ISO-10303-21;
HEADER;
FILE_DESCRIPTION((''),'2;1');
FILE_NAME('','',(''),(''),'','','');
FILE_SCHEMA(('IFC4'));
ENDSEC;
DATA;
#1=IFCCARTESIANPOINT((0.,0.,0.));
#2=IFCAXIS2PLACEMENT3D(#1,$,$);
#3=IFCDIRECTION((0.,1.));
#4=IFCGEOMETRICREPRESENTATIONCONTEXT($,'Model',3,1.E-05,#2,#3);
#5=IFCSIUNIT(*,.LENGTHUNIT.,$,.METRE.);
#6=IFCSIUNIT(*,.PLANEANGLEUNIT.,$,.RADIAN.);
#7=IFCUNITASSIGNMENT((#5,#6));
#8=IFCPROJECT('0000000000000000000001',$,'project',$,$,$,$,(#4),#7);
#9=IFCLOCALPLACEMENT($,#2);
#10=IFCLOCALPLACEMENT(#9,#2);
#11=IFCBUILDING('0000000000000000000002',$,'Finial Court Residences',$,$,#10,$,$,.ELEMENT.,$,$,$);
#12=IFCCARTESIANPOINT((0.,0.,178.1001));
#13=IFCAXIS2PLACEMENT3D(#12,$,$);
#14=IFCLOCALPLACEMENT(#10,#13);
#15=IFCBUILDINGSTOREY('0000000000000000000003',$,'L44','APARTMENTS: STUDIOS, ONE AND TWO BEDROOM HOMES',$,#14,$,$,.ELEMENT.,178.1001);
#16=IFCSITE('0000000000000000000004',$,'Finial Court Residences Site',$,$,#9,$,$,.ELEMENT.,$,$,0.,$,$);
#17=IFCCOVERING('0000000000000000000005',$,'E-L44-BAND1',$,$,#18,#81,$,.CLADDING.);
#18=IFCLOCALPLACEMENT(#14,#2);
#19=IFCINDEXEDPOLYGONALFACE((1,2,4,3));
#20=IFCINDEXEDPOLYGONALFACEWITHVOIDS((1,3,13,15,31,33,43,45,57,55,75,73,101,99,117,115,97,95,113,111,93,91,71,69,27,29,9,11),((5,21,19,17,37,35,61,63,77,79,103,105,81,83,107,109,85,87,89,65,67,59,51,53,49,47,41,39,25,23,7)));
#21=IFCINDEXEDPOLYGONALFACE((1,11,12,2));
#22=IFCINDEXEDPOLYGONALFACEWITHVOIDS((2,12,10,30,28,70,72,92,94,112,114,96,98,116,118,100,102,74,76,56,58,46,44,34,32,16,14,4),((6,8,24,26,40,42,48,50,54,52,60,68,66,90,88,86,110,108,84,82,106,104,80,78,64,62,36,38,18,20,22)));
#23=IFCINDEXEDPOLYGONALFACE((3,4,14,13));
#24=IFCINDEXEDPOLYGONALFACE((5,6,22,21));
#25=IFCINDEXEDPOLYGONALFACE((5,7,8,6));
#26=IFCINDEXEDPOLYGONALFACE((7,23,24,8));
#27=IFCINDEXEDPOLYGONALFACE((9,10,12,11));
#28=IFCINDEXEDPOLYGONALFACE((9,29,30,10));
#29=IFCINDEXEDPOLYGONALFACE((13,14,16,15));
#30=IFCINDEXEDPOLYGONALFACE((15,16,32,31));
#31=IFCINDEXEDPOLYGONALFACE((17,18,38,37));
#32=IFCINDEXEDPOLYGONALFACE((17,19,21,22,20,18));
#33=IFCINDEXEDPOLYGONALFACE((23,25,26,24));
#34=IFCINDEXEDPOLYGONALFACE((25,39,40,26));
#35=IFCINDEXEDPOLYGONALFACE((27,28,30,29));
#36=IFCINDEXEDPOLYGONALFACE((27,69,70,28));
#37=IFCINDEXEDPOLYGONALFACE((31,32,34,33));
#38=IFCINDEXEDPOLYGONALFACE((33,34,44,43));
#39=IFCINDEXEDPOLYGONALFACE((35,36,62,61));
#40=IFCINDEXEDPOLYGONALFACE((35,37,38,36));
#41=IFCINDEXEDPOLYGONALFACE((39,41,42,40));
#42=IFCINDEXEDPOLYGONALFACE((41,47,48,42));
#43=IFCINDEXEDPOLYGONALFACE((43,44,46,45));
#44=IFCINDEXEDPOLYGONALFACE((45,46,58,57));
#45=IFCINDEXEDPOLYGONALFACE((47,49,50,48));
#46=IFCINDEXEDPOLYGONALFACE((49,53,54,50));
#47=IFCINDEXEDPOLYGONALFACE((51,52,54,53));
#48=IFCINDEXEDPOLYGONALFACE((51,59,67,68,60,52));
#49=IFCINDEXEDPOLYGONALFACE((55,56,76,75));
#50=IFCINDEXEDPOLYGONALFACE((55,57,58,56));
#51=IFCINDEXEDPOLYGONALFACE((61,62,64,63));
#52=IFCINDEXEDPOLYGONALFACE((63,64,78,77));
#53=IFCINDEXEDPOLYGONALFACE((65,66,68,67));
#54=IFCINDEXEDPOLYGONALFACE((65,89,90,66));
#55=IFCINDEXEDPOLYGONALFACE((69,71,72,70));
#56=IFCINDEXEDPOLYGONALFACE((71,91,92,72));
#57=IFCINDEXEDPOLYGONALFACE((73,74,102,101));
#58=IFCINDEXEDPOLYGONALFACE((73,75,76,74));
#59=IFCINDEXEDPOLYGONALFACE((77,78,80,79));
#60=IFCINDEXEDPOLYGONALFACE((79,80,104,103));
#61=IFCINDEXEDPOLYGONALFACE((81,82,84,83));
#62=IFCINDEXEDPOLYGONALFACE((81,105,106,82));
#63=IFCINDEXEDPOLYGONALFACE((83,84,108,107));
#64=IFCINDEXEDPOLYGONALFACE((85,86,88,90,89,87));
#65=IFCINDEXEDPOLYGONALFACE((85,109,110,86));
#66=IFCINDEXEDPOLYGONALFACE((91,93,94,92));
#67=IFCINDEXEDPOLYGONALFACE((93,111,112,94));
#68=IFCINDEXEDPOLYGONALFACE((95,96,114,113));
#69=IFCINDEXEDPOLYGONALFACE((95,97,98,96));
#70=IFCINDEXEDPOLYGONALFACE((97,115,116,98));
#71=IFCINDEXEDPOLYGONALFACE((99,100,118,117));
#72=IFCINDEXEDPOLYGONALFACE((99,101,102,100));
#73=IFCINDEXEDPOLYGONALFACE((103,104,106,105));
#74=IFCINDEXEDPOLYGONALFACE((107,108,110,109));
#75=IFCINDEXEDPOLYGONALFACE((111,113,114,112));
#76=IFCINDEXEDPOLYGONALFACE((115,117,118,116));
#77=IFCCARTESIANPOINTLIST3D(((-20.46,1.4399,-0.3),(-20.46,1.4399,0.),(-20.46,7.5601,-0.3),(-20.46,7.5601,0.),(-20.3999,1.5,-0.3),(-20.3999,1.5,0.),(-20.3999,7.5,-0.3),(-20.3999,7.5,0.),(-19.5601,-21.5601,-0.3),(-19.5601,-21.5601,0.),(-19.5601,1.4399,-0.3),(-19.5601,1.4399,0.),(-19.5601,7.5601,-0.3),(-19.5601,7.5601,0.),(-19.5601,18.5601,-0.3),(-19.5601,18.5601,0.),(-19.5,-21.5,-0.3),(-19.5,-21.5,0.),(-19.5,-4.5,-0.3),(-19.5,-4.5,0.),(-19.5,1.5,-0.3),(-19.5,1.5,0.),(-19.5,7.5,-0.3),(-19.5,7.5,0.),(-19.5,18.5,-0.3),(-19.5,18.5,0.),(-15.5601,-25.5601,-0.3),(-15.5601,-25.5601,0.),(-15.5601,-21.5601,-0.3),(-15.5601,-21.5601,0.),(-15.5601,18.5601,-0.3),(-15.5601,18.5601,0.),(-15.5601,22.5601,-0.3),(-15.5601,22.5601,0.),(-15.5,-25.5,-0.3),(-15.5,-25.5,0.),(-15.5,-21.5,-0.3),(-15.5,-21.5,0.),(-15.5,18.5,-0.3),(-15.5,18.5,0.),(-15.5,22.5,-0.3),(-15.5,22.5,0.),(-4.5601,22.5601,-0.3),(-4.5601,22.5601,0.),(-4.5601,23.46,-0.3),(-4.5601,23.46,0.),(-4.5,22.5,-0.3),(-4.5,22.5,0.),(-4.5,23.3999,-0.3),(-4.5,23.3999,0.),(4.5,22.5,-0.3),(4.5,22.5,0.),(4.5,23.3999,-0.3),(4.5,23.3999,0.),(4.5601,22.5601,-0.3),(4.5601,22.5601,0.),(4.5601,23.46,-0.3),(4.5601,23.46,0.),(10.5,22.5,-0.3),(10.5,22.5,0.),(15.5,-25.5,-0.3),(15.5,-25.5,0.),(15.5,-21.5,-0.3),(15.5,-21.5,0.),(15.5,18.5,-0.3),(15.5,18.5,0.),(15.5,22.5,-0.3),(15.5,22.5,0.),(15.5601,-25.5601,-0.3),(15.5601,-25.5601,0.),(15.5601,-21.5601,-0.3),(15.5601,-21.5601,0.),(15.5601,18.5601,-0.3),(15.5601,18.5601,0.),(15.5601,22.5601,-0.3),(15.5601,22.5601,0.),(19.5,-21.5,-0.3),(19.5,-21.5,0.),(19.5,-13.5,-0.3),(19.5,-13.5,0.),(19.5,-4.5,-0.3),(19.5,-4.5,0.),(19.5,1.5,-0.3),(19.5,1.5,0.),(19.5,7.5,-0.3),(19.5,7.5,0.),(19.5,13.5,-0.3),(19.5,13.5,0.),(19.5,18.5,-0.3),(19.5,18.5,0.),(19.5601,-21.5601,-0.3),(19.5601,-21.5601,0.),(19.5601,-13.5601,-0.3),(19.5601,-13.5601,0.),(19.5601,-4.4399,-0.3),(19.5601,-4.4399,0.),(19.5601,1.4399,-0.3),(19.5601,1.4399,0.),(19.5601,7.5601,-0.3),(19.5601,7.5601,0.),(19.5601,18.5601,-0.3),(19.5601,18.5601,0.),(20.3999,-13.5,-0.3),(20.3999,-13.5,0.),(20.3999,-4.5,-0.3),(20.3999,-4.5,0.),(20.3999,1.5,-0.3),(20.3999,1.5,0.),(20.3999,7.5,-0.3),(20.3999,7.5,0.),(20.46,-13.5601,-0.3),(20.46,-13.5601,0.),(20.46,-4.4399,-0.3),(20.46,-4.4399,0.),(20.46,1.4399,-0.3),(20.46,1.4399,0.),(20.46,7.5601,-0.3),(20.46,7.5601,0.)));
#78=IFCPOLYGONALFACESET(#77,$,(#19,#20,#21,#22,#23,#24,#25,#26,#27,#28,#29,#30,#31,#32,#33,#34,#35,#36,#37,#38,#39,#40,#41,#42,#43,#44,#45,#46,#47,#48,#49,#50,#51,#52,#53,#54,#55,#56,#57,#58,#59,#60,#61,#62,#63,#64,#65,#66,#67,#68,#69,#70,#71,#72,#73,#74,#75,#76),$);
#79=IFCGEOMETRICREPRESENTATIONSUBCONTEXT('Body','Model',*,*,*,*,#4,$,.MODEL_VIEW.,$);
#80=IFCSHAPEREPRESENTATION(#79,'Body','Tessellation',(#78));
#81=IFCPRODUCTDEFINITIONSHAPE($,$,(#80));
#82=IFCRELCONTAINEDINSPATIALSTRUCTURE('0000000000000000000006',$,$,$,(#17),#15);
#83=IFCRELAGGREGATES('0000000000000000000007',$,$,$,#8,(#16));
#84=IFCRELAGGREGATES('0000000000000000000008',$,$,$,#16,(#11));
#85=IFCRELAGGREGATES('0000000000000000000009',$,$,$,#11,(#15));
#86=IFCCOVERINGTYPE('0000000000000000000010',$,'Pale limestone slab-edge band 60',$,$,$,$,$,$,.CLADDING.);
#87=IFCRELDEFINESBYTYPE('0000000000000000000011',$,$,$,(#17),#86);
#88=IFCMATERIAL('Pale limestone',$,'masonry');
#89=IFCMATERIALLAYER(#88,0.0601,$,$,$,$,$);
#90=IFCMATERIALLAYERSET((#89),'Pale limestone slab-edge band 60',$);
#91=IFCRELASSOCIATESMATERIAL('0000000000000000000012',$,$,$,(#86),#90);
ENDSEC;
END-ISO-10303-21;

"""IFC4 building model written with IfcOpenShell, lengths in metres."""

from ifc_helpers import new_model, si_unit, direction, frame, origin, place, context, subcontext, project, spatial, polyline, outline, extrude, material, layer, layer_set, type_object, element, save


model = new_model("IFC4")

# Units and contexts
model_context = context("Model", 3, precision=1e-05, world=origin(), true_north=direction((0.0, 1.0)))
body_context = subcontext(model_context, "Body", "Model", "MODEL_VIEW")
ifc_project = project(units=[si_unit("LENGTHUNIT", "METRE"), si_unit("PLANEANGLEUNIT", "RADIAN")], contexts=[model_context])

# Site, building, storey
site_placement = place(None, origin())
site = spatial("IfcSite", under=ifc_project, at=site_placement, Name="Finial Court Residences Site", CompositionType="ELEMENT", RefElevation=0.0)
building_placement = place(site_placement, origin())
building = spatial("IfcBuilding", under=site, at=building_placement, Name="Finial Court Residences", CompositionType="ELEMENT")
storey_placement = place(building_placement, frame((0.0, 0.0, 178.1001)))
storey = spatial("IfcBuildingStorey", under=building, at=storey_placement, Name="L44", Description="APARTMENTS: STUDIOS, ONE AND TWO BEDROOM HOMES", CompositionType="ELEMENT", Elevation=178.1001)

# Covering
ifc_material_1 = material(Name="Pale limestone", Category="masonry")
ifc_layer_1 = layer(ifc_material_1, 0.0601)
ifc_layer_set_1 = layer_set([ifc_layer_1], Name="Pale limestone slab-edge band 60")
covering_type_1 = type_object("IfcCoveringType", Name="Pale limestone slab-edge band 60", PredefinedType="CLADDING", material=ifc_layer_set_1)
covering_1_placement = place(storey_placement, frame((0.0, 0.0, -0.3)))
element("IfcCovering", 1, at=covering_1_placement, inside=storey, type_object=covering_type_1, Name="E-L44-BAND1", PredefinedType="CLADDING", context=body_context, shape_type="SweptSolid", body=[
    extrude(outline(polyline([(-20.46, 7.5601), (-19.5601, 7.5601), (-19.5601, 18.5601), (-15.5601, 18.5601), (-15.5601, 22.5601), (-4.5601, 22.5601), (-4.5601, 23.46), (4.5601, 23.46), (4.5601, 22.5601), (15.5601, 22.5601), (15.5601, 18.5601), (19.5601, 18.5601), (19.5601, 7.5601), (20.46, 7.5601), (20.46, 1.4399), (19.5601, 1.4399), (19.5601, -4.4399), (20.46, -4.4399), (20.46, -13.5601), (19.5601, -13.5601), (19.5601, -21.5601), (15.5601, -21.5601), (15.5601, -25.5601), (-15.5601, -25.5601), (-15.5601, -21.5601), (-19.5601, -21.5601), (-19.5601, 1.4399), (-20.46, 1.4399), (-20.46, 7.5601)]), holes=[polyline([(-19.5, 1.5), (-19.5, -4.5), (-19.5, -21.5), (-15.5, -21.5), (-15.5, -25.5), (15.5, -25.5), (15.5, -21.5), (19.5, -21.5), (19.5, -13.5), (20.3999, -13.5), (20.3999, -4.5), (19.5, -4.5), (19.5, 1.5), (20.3999, 1.5), (20.3999, 7.5), (19.5, 7.5), (19.5, 13.5), (19.5, 18.5), (15.5, 18.5), (15.5, 22.5), (10.5, 22.5), (4.5, 22.5), (4.5, 23.3999), (-4.5, 23.3999), (-4.5, 22.5), (-15.5, 22.5), (-15.5, 18.5), (-19.5, 18.5), (-19.5, 7.5), (-20.3999, 7.5), (-20.3999, 1.5), (-19.5, 1.5)])]), origin(), (0.0, 0.0, 1.0), 0.3),
])

save(model, "model.ifc")
